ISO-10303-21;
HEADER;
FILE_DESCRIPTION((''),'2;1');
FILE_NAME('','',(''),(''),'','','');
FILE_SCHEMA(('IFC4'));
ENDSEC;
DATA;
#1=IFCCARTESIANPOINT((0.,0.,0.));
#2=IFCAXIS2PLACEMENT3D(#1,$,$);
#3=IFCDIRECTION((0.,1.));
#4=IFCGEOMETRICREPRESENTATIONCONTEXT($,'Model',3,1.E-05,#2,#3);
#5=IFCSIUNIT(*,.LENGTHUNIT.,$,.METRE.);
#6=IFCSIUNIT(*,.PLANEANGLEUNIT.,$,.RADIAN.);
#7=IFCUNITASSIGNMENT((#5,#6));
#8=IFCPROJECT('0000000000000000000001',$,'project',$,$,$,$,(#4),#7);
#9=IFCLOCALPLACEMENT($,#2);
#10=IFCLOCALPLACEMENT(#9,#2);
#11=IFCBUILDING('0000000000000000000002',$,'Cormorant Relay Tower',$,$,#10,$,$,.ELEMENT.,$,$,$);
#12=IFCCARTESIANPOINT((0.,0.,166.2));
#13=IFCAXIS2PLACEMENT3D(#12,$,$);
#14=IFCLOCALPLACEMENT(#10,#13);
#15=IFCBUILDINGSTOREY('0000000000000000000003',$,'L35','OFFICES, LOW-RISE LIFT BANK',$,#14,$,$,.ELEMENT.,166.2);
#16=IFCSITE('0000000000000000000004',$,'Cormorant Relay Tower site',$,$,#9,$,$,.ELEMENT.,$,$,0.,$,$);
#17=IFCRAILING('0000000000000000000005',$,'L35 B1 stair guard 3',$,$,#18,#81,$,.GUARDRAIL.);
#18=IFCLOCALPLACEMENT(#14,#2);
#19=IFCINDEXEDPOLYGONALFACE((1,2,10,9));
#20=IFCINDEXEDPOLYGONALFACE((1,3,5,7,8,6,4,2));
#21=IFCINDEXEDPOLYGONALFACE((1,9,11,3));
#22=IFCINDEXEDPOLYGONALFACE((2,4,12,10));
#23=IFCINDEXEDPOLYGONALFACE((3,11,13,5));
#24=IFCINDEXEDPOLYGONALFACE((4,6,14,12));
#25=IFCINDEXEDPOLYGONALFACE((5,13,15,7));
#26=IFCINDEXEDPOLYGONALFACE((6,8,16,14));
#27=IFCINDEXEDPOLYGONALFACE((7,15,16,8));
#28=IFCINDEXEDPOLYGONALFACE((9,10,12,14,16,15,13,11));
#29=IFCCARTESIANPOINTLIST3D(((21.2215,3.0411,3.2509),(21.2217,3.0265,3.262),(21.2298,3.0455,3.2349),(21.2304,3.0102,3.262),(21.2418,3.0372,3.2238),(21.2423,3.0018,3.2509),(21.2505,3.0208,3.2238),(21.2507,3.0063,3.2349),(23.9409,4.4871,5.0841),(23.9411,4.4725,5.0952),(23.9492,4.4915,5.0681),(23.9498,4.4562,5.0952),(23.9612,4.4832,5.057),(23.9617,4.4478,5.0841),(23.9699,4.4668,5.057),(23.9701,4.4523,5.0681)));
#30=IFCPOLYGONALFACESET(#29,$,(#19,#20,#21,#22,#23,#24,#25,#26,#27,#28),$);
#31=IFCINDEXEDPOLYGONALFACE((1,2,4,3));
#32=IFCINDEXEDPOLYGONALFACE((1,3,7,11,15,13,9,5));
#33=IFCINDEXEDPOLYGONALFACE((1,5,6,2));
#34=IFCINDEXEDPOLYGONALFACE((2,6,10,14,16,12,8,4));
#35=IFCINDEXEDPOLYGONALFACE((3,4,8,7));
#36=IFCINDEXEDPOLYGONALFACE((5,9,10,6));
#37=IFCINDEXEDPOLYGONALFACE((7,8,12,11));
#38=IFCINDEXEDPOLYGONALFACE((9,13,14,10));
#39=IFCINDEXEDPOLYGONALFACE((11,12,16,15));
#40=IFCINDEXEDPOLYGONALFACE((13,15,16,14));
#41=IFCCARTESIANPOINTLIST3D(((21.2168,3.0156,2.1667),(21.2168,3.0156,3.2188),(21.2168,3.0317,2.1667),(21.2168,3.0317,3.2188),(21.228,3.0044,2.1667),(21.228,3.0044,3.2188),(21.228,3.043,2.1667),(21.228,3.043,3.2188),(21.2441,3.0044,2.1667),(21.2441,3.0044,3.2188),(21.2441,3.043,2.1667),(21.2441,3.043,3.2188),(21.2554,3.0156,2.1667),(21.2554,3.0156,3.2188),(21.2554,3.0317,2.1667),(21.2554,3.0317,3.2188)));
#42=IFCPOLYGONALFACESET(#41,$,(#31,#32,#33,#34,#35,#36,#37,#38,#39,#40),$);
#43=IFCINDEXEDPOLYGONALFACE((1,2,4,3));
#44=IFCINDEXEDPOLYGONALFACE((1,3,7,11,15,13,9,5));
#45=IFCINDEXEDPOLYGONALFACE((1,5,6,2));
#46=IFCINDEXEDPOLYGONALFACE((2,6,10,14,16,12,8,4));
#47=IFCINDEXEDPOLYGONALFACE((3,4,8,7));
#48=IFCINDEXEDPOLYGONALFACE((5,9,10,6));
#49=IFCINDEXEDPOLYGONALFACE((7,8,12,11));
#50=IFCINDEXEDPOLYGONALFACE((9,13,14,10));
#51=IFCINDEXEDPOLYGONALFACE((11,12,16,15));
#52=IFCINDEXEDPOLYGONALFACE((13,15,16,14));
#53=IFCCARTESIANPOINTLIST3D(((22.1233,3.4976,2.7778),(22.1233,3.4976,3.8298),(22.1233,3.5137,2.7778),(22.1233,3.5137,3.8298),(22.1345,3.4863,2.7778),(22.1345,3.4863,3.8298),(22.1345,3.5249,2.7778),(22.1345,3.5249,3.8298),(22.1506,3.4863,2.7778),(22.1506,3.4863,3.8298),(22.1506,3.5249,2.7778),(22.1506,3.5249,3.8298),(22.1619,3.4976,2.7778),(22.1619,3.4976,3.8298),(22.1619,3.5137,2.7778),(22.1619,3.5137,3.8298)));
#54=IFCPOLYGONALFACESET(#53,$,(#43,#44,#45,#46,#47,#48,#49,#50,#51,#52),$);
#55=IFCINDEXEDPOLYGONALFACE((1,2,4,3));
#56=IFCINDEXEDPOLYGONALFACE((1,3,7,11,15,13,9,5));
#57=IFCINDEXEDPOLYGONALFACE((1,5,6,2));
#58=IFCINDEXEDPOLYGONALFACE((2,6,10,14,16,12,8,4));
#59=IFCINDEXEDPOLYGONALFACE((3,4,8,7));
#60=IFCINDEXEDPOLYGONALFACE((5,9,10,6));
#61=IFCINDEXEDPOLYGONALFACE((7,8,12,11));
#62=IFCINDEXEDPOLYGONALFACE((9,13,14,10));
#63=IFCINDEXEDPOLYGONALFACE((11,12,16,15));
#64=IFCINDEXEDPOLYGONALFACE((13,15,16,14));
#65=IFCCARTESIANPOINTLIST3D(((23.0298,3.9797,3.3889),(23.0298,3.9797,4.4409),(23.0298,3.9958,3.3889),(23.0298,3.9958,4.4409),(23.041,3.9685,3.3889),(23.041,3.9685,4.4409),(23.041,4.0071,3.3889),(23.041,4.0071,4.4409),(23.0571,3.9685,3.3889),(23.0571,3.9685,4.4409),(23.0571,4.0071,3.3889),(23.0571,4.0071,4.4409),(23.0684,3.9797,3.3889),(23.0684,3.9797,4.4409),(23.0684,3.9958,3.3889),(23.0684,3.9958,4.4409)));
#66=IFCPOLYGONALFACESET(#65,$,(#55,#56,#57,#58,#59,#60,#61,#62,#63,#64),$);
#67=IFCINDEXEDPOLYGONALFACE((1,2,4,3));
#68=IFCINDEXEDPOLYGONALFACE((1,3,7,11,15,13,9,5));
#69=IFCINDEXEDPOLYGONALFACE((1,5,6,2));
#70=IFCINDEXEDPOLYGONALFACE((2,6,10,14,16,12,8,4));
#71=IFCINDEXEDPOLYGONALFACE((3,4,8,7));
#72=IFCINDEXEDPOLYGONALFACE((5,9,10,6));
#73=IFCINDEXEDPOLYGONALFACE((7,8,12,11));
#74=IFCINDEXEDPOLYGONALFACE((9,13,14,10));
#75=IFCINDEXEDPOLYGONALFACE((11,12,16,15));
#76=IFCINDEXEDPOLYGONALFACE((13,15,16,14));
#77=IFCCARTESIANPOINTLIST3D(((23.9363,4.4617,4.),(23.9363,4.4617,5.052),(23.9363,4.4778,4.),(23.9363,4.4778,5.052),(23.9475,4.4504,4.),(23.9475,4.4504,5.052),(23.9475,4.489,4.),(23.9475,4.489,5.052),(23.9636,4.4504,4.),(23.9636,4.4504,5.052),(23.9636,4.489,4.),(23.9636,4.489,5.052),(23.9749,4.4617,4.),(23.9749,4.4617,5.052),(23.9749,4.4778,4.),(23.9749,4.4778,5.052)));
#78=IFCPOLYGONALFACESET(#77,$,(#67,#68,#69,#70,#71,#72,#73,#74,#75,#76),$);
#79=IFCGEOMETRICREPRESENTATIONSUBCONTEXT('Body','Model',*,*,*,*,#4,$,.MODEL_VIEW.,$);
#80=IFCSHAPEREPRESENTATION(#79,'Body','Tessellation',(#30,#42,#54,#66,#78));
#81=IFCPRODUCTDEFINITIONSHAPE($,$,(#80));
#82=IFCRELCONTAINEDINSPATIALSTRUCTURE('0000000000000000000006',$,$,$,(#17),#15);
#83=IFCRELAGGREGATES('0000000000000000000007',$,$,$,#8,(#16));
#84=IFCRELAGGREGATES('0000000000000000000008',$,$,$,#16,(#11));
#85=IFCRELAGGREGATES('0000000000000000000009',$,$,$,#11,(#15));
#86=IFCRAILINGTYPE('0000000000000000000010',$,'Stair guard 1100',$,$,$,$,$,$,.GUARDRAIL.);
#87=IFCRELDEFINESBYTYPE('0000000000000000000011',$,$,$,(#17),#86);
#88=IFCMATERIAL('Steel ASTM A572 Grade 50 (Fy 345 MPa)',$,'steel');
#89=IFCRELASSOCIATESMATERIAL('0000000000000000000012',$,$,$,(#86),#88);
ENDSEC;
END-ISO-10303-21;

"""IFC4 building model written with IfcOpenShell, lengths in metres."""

from ifc_helpers import new_model, si_unit, direction, frame, origin, place, context, subcontext, project, spatial, polyline, outline, extrude, material, type_object, element, save


model = new_model("IFC4")

# Units and contexts
model_context = context("Model", 3, precision=1e-05, world=origin(), true_north=direction((0.0, 1.0)))
body_context = subcontext(model_context, "Body", "Model", "MODEL_VIEW")
ifc_project = project(units=[si_unit("LENGTHUNIT", "METRE"), si_unit("PLANEANGLEUNIT", "RADIAN")], contexts=[model_context])

# Site, building, storey
site_placement = place(None, origin())
site = spatial("IfcSite", under=ifc_project, at=site_placement, Name="Cormorant Relay Tower site", CompositionType="ELEMENT", RefElevation=0.0)
building_placement = place(site_placement, origin())
building = spatial("IfcBuilding", under=site, at=building_placement, Name="Cormorant Relay Tower", CompositionType="ELEMENT")
storey_placement = place(building_placement, frame((0.0, 0.0, 166.2)))
storey = spatial("IfcBuildingStorey", under=building, at=storey_placement, Name="L35", Description="OFFICES, LOW-RISE LIFT BANK", CompositionType="ELEMENT", Elevation=166.2)

# Railing
ifc_material_1 = material(Name="Steel ASTM A572 Grade 50 (Fy 345 MPa)", Category="steel")
railing_type = type_object("IfcRailingType", Name="Stair guard 1100", PredefinedType="GUARDRAIL", material=ifc_material_1)
railing_1_placement = place(storey_placement, frame((21.2361, 3.0237, 2.1667)))
element("IfcRailing", 1, at=railing_1_placement, inside=storey, type_object=railing_type, Name="L35 B1 stair guard 3", PredefinedType="GUARDRAIL", context=body_context, shape_type="SweptSolid", body=[
    extrude(outline(polyline([(0.0222, 0.0093), (0.0093, 0.0222), (-0.0093, 0.0222), (-0.0222, 0.0093), (-0.0222, -0.0093), (-0.0093, -0.0222), (0.0093, -0.0222), (0.0222, -0.0093), (0.0222, 0.0093)])), frame((0.0, 0.0, 1.0762), z_axis=(0.758714, 0.403435, 0.511463), x_axis=(-0.469489, 0.882938, 0.0)), (0.0, 0.0, 1.0), 3.5842),
    extrude(outline(polyline([(0.0193, 0.0081), (0.0081, 0.0193), (-0.0081, 0.0193), (-0.0193, 0.0081), (-0.0193, -0.0081), (-0.0081, -0.0193), (0.0081, -0.0193), (0.0193, -0.0081), (0.0193, 0.0081)])), origin(), (0.0, 0.0, 1.0), 1.052),
    extrude(outline(polyline([(0.0193, 0.0081), (0.0081, 0.0193), (-0.0081, 0.0193), (-0.0193, 0.0081), (-0.0193, -0.0081), (-0.0081, -0.0193), (0.0081, -0.0193), (0.0193, -0.0081), (0.0193, 0.0081)])), frame((0.9065, 0.4819, 0.6111)), (0.0, 0.0, 1.0), 1.052),
    extrude(outline(polyline([(0.0193, 0.0081), (0.0081, 0.0193), (-0.0081, 0.0193), (-0.0193, 0.0081), (-0.0193, -0.0081), (-0.0081, -0.0193), (0.0081, -0.0193), (0.0193, -0.0081), (0.0193, 0.0081)])), frame((1.813, 0.9641, 1.2222)), (0.0, 0.0, 1.0), 1.052),
    extrude(outline(polyline([(0.0193, 0.0081), (0.0081, 0.0193), (-0.0081, 0.0193), (-0.0193, 0.0081), (-0.0193, -0.0081), (-0.0081, -0.0193), (0.0081, -0.0193), (0.0193, -0.0081), (0.0193, 0.0081)])), frame((2.7195, 1.446, 1.8333)), (0.0, 0.0, 1.0), 1.052),
])

save(model, "model.ifc")
